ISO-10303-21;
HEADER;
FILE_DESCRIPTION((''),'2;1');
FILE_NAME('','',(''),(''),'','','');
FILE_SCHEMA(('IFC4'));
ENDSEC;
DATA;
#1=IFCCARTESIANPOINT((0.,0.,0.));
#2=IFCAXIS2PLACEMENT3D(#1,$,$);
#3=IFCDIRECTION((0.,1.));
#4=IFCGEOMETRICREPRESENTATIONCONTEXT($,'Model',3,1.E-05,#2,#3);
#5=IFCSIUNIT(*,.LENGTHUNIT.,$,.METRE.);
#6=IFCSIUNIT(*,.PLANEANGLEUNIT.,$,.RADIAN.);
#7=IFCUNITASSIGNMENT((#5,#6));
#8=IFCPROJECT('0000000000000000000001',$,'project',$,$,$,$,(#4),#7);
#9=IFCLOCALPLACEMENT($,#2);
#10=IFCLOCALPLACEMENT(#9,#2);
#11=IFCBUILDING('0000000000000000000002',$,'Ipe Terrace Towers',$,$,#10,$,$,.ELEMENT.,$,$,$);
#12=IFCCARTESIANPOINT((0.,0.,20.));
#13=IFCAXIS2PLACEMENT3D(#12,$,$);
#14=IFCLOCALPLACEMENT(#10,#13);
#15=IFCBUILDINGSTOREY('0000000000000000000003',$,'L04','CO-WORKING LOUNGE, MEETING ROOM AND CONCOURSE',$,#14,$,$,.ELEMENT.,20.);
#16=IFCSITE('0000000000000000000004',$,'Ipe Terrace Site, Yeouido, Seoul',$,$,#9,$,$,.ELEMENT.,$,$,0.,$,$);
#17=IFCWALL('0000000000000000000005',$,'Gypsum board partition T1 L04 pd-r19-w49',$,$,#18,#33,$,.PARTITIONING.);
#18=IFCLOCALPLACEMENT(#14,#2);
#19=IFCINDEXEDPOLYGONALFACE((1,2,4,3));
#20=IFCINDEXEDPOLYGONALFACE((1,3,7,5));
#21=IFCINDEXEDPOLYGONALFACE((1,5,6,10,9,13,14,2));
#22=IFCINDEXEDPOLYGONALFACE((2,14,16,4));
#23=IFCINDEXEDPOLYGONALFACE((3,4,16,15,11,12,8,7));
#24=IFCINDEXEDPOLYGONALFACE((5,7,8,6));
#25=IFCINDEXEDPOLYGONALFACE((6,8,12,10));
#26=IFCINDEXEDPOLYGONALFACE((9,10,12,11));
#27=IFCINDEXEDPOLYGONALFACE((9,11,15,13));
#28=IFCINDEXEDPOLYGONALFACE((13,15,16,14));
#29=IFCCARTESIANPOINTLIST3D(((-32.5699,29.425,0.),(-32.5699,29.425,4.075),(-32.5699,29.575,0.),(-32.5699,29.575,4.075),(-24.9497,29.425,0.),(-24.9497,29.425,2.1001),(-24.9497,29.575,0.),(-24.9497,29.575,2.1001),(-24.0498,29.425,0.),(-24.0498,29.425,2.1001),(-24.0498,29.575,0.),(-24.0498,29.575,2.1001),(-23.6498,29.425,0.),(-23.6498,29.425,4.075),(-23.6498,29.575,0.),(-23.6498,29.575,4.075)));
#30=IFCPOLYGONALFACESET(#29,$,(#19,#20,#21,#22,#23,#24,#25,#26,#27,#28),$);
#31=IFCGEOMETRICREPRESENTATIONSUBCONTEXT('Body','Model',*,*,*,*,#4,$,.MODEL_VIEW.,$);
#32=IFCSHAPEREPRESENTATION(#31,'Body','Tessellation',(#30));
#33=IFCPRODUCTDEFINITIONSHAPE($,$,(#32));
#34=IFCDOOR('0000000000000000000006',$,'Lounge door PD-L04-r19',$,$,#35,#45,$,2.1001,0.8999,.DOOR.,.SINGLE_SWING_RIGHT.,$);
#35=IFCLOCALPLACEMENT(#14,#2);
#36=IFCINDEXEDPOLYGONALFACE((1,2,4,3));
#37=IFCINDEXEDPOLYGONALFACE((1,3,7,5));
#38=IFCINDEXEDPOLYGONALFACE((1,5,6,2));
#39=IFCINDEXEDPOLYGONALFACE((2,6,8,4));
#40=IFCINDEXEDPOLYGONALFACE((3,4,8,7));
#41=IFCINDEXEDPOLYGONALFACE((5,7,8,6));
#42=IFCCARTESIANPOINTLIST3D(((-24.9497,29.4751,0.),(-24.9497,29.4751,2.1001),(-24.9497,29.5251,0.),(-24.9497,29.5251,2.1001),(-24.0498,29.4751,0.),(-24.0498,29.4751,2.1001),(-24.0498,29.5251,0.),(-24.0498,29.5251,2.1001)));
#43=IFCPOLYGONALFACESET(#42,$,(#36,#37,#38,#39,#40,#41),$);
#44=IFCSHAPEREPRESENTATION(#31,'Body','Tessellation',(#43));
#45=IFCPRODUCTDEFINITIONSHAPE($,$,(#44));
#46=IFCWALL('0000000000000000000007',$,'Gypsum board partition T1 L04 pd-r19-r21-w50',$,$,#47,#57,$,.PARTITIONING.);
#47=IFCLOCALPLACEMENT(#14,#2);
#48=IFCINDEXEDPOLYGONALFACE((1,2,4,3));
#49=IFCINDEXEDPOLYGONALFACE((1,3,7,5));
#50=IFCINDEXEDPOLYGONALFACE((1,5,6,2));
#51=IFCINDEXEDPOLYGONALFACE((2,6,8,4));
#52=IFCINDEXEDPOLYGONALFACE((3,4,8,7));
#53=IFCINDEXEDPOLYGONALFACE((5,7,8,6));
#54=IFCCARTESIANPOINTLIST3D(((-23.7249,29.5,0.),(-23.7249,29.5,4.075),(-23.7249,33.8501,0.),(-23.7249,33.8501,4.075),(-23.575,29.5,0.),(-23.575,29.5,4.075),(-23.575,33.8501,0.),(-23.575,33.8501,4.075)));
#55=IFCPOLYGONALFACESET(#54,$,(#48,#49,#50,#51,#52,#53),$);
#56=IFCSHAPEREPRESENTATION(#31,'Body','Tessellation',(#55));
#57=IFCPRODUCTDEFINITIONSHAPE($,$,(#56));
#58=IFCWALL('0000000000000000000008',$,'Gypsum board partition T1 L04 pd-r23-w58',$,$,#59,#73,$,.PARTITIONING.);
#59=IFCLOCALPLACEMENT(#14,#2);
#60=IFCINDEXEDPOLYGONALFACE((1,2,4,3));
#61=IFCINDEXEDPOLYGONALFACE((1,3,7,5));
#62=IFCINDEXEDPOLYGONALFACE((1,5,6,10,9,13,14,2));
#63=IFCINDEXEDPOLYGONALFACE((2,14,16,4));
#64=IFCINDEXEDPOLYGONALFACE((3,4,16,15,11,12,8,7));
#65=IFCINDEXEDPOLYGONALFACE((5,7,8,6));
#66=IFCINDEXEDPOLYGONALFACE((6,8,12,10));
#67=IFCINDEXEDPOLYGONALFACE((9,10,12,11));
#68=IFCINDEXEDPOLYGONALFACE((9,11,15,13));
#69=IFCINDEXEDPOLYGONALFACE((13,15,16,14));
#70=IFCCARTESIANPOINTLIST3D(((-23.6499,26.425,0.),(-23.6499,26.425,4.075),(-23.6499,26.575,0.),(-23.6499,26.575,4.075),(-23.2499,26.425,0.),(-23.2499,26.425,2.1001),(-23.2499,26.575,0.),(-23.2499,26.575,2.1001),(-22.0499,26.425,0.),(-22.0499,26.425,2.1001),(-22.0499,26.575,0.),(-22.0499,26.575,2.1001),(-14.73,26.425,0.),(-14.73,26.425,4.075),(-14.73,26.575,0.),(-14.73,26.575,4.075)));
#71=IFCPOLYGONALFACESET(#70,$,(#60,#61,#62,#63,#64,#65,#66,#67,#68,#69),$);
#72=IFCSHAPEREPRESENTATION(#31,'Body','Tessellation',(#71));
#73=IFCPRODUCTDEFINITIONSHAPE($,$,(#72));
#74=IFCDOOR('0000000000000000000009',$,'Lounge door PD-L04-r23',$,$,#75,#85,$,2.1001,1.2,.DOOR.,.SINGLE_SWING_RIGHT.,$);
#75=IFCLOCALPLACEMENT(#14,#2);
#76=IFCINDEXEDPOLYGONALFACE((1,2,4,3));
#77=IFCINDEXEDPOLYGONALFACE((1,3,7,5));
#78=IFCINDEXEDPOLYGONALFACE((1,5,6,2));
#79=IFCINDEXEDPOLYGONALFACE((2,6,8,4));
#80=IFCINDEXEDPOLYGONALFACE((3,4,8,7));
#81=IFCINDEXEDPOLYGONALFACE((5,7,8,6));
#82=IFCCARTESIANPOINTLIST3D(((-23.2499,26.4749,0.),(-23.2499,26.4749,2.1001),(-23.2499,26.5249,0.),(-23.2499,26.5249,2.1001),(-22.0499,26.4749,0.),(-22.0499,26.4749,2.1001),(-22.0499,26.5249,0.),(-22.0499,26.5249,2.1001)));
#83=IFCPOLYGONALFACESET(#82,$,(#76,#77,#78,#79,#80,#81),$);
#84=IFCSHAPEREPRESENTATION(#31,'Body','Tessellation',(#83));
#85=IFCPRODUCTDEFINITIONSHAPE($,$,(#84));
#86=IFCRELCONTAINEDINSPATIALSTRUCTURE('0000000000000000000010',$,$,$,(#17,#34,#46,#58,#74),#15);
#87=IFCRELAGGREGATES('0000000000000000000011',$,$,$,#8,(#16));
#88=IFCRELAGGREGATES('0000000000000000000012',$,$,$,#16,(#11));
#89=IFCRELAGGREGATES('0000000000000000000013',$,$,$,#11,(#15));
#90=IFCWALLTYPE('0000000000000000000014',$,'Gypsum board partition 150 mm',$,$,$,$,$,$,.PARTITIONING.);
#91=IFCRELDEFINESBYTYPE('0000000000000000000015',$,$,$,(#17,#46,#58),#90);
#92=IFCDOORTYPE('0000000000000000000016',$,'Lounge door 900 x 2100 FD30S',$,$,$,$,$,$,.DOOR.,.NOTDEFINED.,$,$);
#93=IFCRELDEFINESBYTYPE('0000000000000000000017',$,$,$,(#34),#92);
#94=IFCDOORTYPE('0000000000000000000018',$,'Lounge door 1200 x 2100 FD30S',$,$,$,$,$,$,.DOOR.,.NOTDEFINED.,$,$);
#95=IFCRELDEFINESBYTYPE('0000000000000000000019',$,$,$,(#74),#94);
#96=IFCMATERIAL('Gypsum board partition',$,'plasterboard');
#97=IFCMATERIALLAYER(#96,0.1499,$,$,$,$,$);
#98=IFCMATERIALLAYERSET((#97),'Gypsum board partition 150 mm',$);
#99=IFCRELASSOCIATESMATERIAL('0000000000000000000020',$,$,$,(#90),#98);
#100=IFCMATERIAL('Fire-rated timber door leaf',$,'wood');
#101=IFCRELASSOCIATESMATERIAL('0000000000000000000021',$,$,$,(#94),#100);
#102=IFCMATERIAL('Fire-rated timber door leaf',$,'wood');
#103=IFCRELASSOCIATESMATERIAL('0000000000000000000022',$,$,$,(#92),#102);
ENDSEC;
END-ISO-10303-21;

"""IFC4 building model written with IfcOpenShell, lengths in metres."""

from ifc_helpers import new_model, si_unit, direction, frame, frame_2d, origin, place, context, subcontext, project, spatial, rectangle, extrude, material, layer, layer_set, type_object, element, fill, save


model = new_model("IFC4")

# Units and contexts
model_context = context("Model", 3, precision=1e-05, world=origin(), true_north=direction((0.0, 1.0)))
body_context = subcontext(model_context, "Body", "Model", "MODEL_VIEW")
ifc_project = project(units=[si_unit("LENGTHUNIT", "METRE"), si_unit("PLANEANGLEUNIT", "RADIAN")], contexts=[model_context])

# Site, building, storey
site_placement = place(None, origin())
site = spatial("IfcSite", under=ifc_project, at=site_placement, Name="Ipe Terrace Site, Yeouido, Seoul", CompositionType="ELEMENT", RefElevation=0.0)
building_placement = place(site_placement, origin())
building = spatial("IfcBuilding", under=site, at=building_placement, Name="Ipe Terrace Towers", CompositionType="ELEMENT")
storey_placement = place(building_placement, frame((0.0, 0.0, 20.0)))
storey = spatial("IfcBuildingStorey", under=building, at=storey_placement, Name="L04", Description="CO-WORKING LOUNGE, MEETING ROOM AND CONCOURSE", CompositionType="ELEMENT", Elevation=20.0)

# Shared definitions
ifc_material_1 = material(Name="Gypsum board partition", Category="plasterboard")
ifc_layer_1 = layer(ifc_material_1, 0.1499)
ifc_layer_set_1 = layer_set([ifc_layer_1], Name="Gypsum board partition 150 mm")
wall_type = type_object("IfcWallType", Name="Gypsum board partition 150 mm", PredefinedType="PARTITIONING", material=ifc_layer_set_1)
ifc_material_2 = material(Name="Fire-rated timber door leaf", Category="wood")
door_type_1 = type_object("IfcDoorType", Name="Lounge door 1200 x 2100 FD30S", OperationType="NOTDEFINED", PredefinedType="DOOR", material=ifc_material_2)

# Shared definitions
ifc_material_3 = material(Name="Fire-rated timber door leaf", Category="wood")
door_type_2 = type_object("IfcDoorType", Name="Lounge door 900 x 2100 FD30S", OperationType="NOTDEFINED", PredefinedType="DOOR", material=ifc_material_3)

# Wall, opening, door
wall_1_placement = place(storey_placement, frame((-23.6499, 29.5, 0.0), z_axis=(0.0, 0.0, 1.0), x_axis=(-1.0, 0.0, 0.0)))
wall_1 = element("IfcWall", 1, at=wall_1_placement, inside=storey, type_object=wall_type, Name="Gypsum board partition T1 L04 pd-r19-w49", PredefinedType="PARTITIONING", context=body_context, shape_type="SweptSolid", body=[
    extrude(rectangle(XDim=8.9202, YDim=0.1499, at=frame_2d((4.46, 0.0))), origin(), (0.0, 0.0, 1.0), 4.075),
])
opening_1_placement = place(wall_1_placement, frame((0.3999, 0.0, 0.0)))
opening_1 = element("IfcOpeningElement", 2, at=opening_1_placement, cuts=wall_1, PredefinedType="OPENING", context=body_context, shape_type="SweptSolid", body=[
    extrude(rectangle(XDim=0.8999, YDim=2.1001, at=frame_2d((0.45, 1.05))), frame((0.0, 0.085, 0.0), z_axis=(0.0, -1.0, 0.0), x_axis=(1.0, 0.0, 0.0)), (0.0, 0.0, 1.0), 0.1699),
])
door_1_placement = place(opening_1_placement, origin())
door_1 = element("IfcDoor", 3, at=door_1_placement, inside=storey, type_object=door_type_2, Name="Lounge door PD-L04-r19", OperationType="SINGLE_SWING_RIGHT", OverallHeight=2.1001, OverallWidth=0.8999, PredefinedType="DOOR", context=body_context, shape_type="SweptSolid", body=[
    extrude(rectangle(XDim=0.8999, YDim=2.1001, at=frame_2d((0.45, 1.05))), frame((0.0, 0.0249, 0.0), z_axis=(0.0, -1.0, 0.0), x_axis=(1.0, 0.0, 0.0)), (0.0, 0.0, 1.0), 0.05),
])
fill(opening_1, door_1)

# Wall
wall_2_placement = place(storey_placement, frame((-23.6499, 33.8501, 0.0), z_axis=(0.0, 0.0, 1.0), x_axis=(0.0, -1.0, 0.0)))
element("IfcWall", 4, at=wall_2_placement, inside=storey, type_object=wall_type, Name="Gypsum board partition T1 L04 pd-r19-r21-w50", PredefinedType="PARTITIONING", context=body_context, shape_type="SweptSolid", body=[
    extrude(rectangle(XDim=4.3501, YDim=0.1499, at=frame_2d((2.175, 0.0))), origin(), (0.0, 0.0, 1.0), 4.075),
])

# Wall, opening, door
wall_3_placement = place(storey_placement, frame((-23.6499, 26.5, 0.0), z_axis=(0.0, 0.0, 1.0), x_axis=(1.0, 0.0, 0.0)))
wall_3 = element("IfcWall", 5, at=wall_3_placement, inside=storey, type_object=wall_type, Name="Gypsum board partition T1 L04 pd-r23-w58", PredefinedType="PARTITIONING", context=body_context, shape_type="SweptSolid", body=[
    extrude(rectangle(XDim=8.9199, YDim=0.1499, at=frame_2d((4.46, 0.0))), origin(), (0.0, 0.0, 1.0), 4.075),
])
opening_2_placement = place(wall_3_placement, frame((0.3999, 0.0, 0.0)))
opening_2 = element("IfcOpeningElement", 6, at=opening_2_placement, cuts=wall_3, PredefinedType="OPENING", context=body_context, shape_type="SweptSolid", body=[
    extrude(rectangle(XDim=1.2, YDim=2.1001, at=frame_2d((0.6001, 1.05))), frame((0.0, 0.085, 0.0), z_axis=(0.0, -1.0, 0.0), x_axis=(1.0, 0.0, 0.0)), (0.0, 0.0, 1.0), 0.1699),
])
door_2_placement = place(opening_2_placement, origin())
door_2 = element("IfcDoor", 7, at=door_2_placement, inside=storey, type_object=door_type_1, Name="Lounge door PD-L04-r23", OperationType="SINGLE_SWING_RIGHT", OverallHeight=2.1001, OverallWidth=1.2, PredefinedType="DOOR", context=body_context, shape_type="SweptSolid", body=[
    extrude(rectangle(XDim=1.2, YDim=2.1001, at=frame_2d((0.6001, 1.05))), frame((0.0, 0.0249, 0.0), z_axis=(0.0, -1.0, 0.0), x_axis=(1.0, 0.0, 0.0)), (0.0, 0.0, 1.0), 0.05),
])
fill(opening_2, door_2)

save(model, "model.ifc")
